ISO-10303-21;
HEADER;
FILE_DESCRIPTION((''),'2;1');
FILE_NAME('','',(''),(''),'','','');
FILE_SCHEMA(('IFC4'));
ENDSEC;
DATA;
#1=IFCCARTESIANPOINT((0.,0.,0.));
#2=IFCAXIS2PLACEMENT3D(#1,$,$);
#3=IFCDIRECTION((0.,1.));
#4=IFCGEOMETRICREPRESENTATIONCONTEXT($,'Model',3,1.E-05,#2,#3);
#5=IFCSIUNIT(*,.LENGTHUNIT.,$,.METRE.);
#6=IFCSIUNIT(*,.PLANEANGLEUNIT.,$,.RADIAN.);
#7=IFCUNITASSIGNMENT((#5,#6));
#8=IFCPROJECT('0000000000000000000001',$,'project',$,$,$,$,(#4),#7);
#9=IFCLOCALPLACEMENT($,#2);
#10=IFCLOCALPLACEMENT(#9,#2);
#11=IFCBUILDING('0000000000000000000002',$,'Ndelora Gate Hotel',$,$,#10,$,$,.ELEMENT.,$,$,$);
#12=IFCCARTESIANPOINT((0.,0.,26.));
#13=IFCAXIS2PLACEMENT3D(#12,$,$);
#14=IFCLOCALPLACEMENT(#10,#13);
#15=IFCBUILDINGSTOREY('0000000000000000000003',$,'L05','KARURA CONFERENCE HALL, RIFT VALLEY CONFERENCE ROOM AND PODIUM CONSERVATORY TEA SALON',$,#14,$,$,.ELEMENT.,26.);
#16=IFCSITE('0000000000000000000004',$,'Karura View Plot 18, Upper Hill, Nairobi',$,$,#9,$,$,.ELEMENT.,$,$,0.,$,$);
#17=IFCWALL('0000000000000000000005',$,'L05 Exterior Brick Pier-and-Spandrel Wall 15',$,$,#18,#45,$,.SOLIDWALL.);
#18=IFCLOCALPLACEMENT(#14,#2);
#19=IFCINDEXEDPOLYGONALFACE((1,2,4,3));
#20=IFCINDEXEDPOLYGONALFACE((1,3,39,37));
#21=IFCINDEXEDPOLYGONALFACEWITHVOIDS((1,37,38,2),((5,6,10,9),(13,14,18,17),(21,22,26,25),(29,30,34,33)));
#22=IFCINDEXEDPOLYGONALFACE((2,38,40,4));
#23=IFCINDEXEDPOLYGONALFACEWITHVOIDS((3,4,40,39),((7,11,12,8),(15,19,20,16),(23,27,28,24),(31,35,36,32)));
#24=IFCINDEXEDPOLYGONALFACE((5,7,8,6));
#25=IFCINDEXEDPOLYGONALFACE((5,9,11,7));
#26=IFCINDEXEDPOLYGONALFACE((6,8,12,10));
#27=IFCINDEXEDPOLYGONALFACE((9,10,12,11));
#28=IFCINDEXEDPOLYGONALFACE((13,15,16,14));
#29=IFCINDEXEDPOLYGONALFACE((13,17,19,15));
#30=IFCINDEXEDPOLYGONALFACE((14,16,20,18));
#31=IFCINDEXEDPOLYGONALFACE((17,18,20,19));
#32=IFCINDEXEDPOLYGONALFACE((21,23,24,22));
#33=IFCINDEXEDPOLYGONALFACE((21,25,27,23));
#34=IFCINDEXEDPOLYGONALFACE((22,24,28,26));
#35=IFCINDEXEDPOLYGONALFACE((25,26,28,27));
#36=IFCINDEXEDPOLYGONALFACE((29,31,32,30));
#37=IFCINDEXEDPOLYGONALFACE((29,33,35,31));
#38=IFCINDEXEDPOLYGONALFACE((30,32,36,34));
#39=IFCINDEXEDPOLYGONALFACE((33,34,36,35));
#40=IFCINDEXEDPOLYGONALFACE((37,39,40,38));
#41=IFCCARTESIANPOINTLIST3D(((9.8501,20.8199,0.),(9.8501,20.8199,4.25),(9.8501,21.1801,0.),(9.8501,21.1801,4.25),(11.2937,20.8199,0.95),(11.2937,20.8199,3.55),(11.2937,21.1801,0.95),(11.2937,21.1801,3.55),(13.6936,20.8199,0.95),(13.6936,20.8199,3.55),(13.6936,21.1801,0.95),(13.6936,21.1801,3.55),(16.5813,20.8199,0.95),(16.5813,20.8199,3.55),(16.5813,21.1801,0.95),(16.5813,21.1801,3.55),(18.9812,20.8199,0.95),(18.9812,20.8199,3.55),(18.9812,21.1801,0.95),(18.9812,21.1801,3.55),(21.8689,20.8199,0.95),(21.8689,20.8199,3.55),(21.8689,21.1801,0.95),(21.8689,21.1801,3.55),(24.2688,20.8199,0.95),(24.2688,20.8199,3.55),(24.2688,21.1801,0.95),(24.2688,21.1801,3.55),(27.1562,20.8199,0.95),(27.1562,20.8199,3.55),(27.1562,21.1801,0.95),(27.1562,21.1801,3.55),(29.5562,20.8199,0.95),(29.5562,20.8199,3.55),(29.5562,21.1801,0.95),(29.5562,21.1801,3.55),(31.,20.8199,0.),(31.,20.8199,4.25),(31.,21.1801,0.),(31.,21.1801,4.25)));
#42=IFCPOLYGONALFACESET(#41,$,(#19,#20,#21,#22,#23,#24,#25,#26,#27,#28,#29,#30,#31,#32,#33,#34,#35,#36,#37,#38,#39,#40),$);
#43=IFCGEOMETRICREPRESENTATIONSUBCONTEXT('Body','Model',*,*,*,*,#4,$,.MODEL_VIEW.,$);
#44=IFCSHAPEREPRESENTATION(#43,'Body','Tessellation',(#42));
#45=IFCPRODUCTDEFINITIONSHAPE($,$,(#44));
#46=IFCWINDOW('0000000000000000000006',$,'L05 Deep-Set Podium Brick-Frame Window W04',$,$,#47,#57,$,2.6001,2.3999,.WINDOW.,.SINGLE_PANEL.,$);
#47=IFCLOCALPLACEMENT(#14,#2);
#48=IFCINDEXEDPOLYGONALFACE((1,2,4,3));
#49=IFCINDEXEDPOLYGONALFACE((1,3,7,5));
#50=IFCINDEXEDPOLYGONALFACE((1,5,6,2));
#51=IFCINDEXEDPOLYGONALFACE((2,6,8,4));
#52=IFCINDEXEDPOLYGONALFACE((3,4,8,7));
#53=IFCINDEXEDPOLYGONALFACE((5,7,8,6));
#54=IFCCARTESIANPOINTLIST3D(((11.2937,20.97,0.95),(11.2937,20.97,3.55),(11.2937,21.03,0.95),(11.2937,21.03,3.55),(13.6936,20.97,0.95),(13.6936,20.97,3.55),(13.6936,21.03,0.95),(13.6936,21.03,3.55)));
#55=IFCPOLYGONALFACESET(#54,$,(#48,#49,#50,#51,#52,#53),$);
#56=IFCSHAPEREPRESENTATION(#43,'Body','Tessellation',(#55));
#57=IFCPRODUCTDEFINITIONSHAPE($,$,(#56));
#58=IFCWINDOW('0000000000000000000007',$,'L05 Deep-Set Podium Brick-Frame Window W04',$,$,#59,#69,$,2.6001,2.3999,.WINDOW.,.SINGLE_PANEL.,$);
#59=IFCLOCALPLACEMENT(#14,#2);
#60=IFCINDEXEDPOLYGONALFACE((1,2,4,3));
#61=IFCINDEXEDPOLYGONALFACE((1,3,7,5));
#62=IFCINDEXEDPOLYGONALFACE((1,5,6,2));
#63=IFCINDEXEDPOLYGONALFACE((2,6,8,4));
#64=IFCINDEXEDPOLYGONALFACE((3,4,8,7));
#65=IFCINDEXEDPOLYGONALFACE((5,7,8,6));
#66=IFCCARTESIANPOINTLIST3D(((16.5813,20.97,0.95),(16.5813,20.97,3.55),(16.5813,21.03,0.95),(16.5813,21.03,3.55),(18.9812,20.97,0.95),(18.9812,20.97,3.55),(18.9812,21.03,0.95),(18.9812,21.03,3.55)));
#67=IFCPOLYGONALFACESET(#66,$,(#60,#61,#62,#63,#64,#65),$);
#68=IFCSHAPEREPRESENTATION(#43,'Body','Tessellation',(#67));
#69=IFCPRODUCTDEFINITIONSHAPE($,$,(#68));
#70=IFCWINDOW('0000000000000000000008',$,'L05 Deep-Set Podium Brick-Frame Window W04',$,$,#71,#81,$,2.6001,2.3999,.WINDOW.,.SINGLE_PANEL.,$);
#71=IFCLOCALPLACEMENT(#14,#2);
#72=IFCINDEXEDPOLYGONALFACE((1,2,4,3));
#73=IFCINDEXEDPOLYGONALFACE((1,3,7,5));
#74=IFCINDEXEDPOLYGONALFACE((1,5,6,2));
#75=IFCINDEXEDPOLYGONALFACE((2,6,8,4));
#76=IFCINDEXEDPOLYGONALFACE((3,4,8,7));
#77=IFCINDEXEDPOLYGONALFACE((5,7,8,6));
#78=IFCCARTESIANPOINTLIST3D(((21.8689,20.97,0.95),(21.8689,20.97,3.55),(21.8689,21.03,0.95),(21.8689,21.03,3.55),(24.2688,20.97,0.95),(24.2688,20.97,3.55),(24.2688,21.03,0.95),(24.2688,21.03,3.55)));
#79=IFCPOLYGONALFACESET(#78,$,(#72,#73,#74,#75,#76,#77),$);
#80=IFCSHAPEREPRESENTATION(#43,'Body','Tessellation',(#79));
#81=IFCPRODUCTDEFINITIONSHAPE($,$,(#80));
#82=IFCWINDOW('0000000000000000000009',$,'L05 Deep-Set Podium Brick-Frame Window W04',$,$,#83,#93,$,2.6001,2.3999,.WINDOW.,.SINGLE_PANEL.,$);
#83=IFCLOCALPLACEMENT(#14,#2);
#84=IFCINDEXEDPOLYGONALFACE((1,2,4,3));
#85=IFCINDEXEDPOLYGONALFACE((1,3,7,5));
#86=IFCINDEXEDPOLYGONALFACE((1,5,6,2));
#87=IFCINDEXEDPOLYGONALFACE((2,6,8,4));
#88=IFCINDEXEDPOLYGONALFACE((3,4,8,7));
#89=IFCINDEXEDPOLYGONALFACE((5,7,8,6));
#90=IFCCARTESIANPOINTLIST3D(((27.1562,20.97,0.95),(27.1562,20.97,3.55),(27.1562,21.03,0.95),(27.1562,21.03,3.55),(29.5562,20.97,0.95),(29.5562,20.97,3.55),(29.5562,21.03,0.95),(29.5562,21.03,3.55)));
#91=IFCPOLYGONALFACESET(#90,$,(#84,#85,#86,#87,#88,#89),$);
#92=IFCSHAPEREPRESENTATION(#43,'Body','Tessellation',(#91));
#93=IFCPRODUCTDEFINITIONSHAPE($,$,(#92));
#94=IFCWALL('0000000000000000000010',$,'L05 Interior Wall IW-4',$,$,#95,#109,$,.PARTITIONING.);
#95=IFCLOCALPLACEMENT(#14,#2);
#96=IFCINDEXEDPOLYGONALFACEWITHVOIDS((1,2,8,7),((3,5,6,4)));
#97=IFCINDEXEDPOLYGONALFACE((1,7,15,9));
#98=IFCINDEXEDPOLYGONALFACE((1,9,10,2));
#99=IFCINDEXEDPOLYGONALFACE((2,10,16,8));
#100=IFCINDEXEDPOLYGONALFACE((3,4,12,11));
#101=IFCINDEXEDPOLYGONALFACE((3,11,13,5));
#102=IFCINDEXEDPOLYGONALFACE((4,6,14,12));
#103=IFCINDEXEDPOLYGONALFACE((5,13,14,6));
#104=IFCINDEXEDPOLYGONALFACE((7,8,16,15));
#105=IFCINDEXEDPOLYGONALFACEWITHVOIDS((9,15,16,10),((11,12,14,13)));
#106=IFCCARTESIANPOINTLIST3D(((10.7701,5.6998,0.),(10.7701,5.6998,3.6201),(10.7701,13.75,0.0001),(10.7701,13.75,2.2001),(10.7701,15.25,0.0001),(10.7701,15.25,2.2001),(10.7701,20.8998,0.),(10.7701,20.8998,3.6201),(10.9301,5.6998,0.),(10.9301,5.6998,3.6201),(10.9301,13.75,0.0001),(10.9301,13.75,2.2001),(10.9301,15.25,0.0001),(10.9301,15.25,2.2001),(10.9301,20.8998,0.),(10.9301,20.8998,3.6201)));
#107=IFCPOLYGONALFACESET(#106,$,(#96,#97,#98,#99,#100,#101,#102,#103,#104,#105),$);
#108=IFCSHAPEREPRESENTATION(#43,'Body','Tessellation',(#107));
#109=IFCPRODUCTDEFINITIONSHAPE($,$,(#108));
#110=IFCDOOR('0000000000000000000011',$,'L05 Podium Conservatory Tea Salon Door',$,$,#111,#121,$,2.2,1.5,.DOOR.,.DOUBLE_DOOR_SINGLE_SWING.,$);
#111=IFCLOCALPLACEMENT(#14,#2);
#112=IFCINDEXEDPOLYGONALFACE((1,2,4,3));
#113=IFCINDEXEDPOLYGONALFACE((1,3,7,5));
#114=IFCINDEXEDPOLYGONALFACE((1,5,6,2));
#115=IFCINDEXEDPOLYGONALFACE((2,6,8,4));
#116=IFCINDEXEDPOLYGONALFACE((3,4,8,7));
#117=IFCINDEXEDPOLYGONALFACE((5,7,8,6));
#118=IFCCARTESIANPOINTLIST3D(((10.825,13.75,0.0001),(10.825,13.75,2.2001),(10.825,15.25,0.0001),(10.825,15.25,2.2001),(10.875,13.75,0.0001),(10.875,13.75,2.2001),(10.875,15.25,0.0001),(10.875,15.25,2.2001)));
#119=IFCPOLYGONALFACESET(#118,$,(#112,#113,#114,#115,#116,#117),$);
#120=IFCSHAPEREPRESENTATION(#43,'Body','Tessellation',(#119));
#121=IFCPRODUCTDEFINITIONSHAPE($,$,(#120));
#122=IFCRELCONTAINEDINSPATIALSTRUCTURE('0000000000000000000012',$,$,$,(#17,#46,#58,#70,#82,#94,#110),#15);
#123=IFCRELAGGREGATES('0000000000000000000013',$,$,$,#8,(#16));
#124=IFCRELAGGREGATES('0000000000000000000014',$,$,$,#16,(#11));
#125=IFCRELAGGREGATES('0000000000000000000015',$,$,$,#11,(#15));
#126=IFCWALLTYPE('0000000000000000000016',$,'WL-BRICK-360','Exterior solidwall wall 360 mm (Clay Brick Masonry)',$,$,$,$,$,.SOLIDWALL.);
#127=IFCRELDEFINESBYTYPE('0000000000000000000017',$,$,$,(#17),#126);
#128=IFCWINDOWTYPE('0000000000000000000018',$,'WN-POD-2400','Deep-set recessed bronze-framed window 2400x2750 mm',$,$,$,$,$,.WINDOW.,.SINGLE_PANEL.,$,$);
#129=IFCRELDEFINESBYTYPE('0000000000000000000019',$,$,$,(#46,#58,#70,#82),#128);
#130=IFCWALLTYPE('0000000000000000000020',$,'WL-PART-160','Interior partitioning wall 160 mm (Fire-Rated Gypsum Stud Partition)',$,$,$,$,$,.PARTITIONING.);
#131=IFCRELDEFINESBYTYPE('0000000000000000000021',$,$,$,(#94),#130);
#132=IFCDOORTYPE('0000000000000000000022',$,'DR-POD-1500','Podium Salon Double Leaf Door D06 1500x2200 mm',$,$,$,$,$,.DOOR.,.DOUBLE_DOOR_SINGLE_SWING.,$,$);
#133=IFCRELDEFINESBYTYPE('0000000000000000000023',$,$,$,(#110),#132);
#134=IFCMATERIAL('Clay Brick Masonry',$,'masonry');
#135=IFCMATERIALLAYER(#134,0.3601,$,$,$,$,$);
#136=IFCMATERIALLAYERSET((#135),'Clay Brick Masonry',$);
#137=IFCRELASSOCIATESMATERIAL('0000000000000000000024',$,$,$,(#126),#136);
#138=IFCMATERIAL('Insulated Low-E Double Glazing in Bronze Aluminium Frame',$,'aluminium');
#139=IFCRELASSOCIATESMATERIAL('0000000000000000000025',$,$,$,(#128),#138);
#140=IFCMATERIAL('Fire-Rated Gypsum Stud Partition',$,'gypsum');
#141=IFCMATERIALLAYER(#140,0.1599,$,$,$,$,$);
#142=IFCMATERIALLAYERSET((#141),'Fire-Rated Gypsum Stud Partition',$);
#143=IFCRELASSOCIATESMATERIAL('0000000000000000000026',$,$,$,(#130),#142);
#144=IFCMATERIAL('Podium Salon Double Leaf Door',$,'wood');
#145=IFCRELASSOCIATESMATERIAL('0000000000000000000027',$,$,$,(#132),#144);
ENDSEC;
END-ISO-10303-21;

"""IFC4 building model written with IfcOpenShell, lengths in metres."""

from ifc_helpers import new_model, si_unit, direction, frame, frame_2d, origin, place, context, subcontext, project, spatial, rectangle, extrude, material, layer, layer_set, type_object, element, fill, save


model = new_model("IFC4")

# Units and contexts
model_context = context("Model", 3, precision=1e-05, world=origin(), true_north=direction((0.0, 1.0)))
body_context = subcontext(model_context, "Body", "Model", "MODEL_VIEW")
ifc_project = project(units=[si_unit("LENGTHUNIT", "METRE"), si_unit("PLANEANGLEUNIT", "RADIAN")], contexts=[model_context])

# Site, building, storey
site_placement = place(None, origin())
site = spatial("IfcSite", under=ifc_project, at=site_placement, Name="Karura View Plot 18, Upper Hill, Nairobi", CompositionType="ELEMENT", RefElevation=0.0)
building_placement = place(site_placement, origin())
building = spatial("IfcBuilding", under=site, at=building_placement, Name="Ndelora Gate Hotel", CompositionType="ELEMENT")
storey_placement = place(building_placement, frame((0.0, 0.0, 26.0)))
storey = spatial("IfcBuildingStorey", under=building, at=storey_placement, Name="L05", Description="KARURA CONFERENCE HALL, RIFT VALLEY CONFERENCE ROOM AND PODIUM CONSERVATORY TEA SALON", CompositionType="ELEMENT", Elevation=26.0)

# Wall, openings, windows
ifc_material_1 = material(Name="Clay Brick Masonry", Category="masonry")
ifc_layer_1 = layer(ifc_material_1, 0.3601)
ifc_layer_set_1 = layer_set([ifc_layer_1], Name="Clay Brick Masonry")
wall_type_1 = type_object("IfcWallType", Name="WL-BRICK-360", Description="Exterior solidwall wall 360 mm (Clay Brick Masonry)", PredefinedType="SOLIDWALL", material=ifc_layer_set_1)
wall_1_placement = place(storey_placement, frame((9.8501, 21.0, 0.0), z_axis=(0.0, 0.0, 1.0), x_axis=(1.0, 0.0, 0.0)))
wall_1 = element("IfcWall", 1, at=wall_1_placement, inside=storey, type_object=wall_type_1, Name="L05 Exterior Brick Pier-and-Spandrel Wall 15", PredefinedType="SOLIDWALL", context=body_context, shape_type="SweptSolid", body=[
    extrude(rectangle(XDim=21.1499, YDim=0.3601, at=frame_2d((10.575, 0.0))), origin(), (0.0, 0.0, 1.0), 4.25),
])
opening_1_placement = place(wall_1_placement, frame((1.4436, 0.0, 0.95)))
opening_1 = element("IfcOpeningElement", 2, at=opening_1_placement, cuts=wall_1, PredefinedType="OPENING", context=body_context, shape_type="SweptSolid", body=[
    extrude(rectangle(XDim=2.3999, YDim=2.6001, at=frame_2d((1.2, 1.3))), frame((0.0, 0.1899, 0.0), z_axis=(0.0, -1.0, 0.0), x_axis=(1.0, 0.0, 0.0)), (0.0, 0.0, 1.0), 0.3801),
])
opening_2_placement = place(wall_1_placement, frame((6.7312, 0.0, 0.95)))
opening_2 = element("IfcOpeningElement", 3, at=opening_2_placement, cuts=wall_1, PredefinedType="OPENING", context=body_context, shape_type="SweptSolid", body=[
    extrude(rectangle(XDim=2.3999, YDim=2.6001, at=frame_2d((1.2, 1.3))), frame((0.0, 0.1899, 0.0), z_axis=(0.0, -1.0, 0.0), x_axis=(1.0, 0.0, 0.0)), (0.0, 0.0, 1.0), 0.3801),
])
opening_3_placement = place(wall_1_placement, frame((12.0188, 0.0, 0.95)))
opening_3 = element("IfcOpeningElement", 4, at=opening_3_placement, cuts=wall_1, PredefinedType="OPENING", context=body_context, shape_type="SweptSolid", body=[
    extrude(rectangle(XDim=2.3999, YDim=2.6001, at=frame_2d((1.2, 1.3))), frame((0.0, 0.1899, 0.0), z_axis=(0.0, -1.0, 0.0), x_axis=(1.0, 0.0, 0.0)), (0.0, 0.0, 1.0), 0.3801),
])
opening_4_placement = place(wall_1_placement, frame((17.3062, 0.0, 0.95)))
opening_4 = element("IfcOpeningElement", 5, at=opening_4_placement, cuts=wall_1, PredefinedType="OPENING", context=body_context, shape_type="SweptSolid", body=[
    extrude(rectangle(XDim=2.3999, YDim=2.6001, at=frame_2d((1.2, 1.3))), frame((0.0, 0.1899, 0.0), z_axis=(0.0, -1.0, 0.0), x_axis=(1.0, 0.0, 0.0)), (0.0, 0.0, 1.0), 0.3801),
])
ifc_material_2 = material(Name="Insulated Low-E Double Glazing in Bronze Aluminium Frame", Category="aluminium")
window_type = type_object("IfcWindowType", Name="WN-POD-2400", Description="Deep-set recessed bronze-framed window 2400x2750 mm", PartitioningType="SINGLE_PANEL", PredefinedType="WINDOW", material=ifc_material_2)
window_1_placement = place(opening_1_placement, origin())
window_1 = element("IfcWindow", 6, at=window_1_placement, inside=storey, type_object=window_type, Name="L05 Deep-Set Podium Brick-Frame Window W04", OverallHeight=2.6001, OverallWidth=2.3999, PartitioningType="SINGLE_PANEL", PredefinedType="WINDOW", context=body_context, shape_type="SweptSolid", body=[
    extrude(rectangle(XDim=2.3999, YDim=2.6001, at=frame_2d((1.2, 1.3))), frame((0.0, 0.03, 0.0), z_axis=(0.0, -1.0, 0.0), x_axis=(1.0, 0.0, 0.0)), (0.0, 0.0, 1.0), 0.0601),
])
fill(opening_1, window_1)
window_2_placement = place(opening_2_placement, origin())
window_2 = element("IfcWindow", 7, at=window_2_placement, inside=storey, type_object=window_type, Name="L05 Deep-Set Podium Brick-Frame Window W04", OverallHeight=2.6001, OverallWidth=2.3999, PartitioningType="SINGLE_PANEL", PredefinedType="WINDOW", context=body_context, shape_type="SweptSolid", body=[
    extrude(rectangle(XDim=2.3999, YDim=2.6001, at=frame_2d((1.2, 1.3))), frame((0.0, 0.03, 0.0), z_axis=(0.0, -1.0, 0.0), x_axis=(1.0, 0.0, 0.0)), (0.0, 0.0, 1.0), 0.0601),
])
fill(opening_2, window_2)
window_3_placement = place(opening_3_placement, origin())
window_3 = element("IfcWindow", 8, at=window_3_placement, inside=storey, type_object=window_type, Name="L05 Deep-Set Podium Brick-Frame Window W04", OverallHeight=2.6001, OverallWidth=2.3999, PartitioningType="SINGLE_PANEL", PredefinedType="WINDOW", context=body_context, shape_type="SweptSolid", body=[
    extrude(rectangle(XDim=2.3999, YDim=2.6001, at=frame_2d((1.2, 1.3))), frame((0.0, 0.03, 0.0), z_axis=(0.0, -1.0, 0.0), x_axis=(1.0, 0.0, 0.0)), (0.0, 0.0, 1.0), 0.0601),
])
fill(opening_3, window_3)
window_4_placement = place(opening_4_placement, origin())
window_4 = element("IfcWindow", 9, at=window_4_placement, inside=storey, type_object=window_type, Name="L05 Deep-Set Podium Brick-Frame Window W04", OverallHeight=2.6001, OverallWidth=2.3999, PartitioningType="SINGLE_PANEL", PredefinedType="WINDOW", context=body_context, shape_type="SweptSolid", body=[
    extrude(rectangle(XDim=2.3999, YDim=2.6001, at=frame_2d((1.2, 1.3))), frame((0.0, 0.03, 0.0), z_axis=(0.0, -1.0, 0.0), x_axis=(1.0, 0.0, 0.0)), (0.0, 0.0, 1.0), 0.0601),
])
fill(opening_4, window_4)

# Wall, opening, door
ifc_material_3 = material(Name="Fire-Rated Gypsum Stud Partition", Category="gypsum")
ifc_layer_2 = layer(ifc_material_3, 0.1599)
ifc_layer_set_2 = layer_set([ifc_layer_2], Name="Fire-Rated Gypsum Stud Partition")
wall_type_2 = type_object("IfcWallType", Name="WL-PART-160", Description="Interior partitioning wall 160 mm (Fire-Rated Gypsum Stud Partition)", PredefinedType="PARTITIONING", material=ifc_layer_set_2)
wall_2_placement = place(storey_placement, frame((10.8501, 20.8999, 0.0), z_axis=(0.0, 0.0, 1.0), x_axis=(0.0, -1.0, 0.0)))
wall_2 = element("IfcWall", 10, at=wall_2_placement, inside=storey, type_object=wall_type_2, Name="L05 Interior Wall IW-4", PredefinedType="PARTITIONING", context=body_context, shape_type="SweptSolid", body=[
    extrude(rectangle(XDim=15.2, YDim=0.1599, at=frame_2d((7.6001, 0.0))), origin(), (0.0, 0.0, 1.0), 3.6201),
])
opening_5_placement = place(wall_2_placement, frame((5.6499, 0.0, 0.0)))
opening_5 = element("IfcOpeningElement", 11, at=opening_5_placement, cuts=wall_2, PredefinedType="OPENING", context=body_context, shape_type="SweptSolid", body=[
    extrude(rectangle(XDim=1.5, YDim=2.2, at=frame_2d((0.75, 1.1001))), frame((0.0, 0.0898, 0.0), z_axis=(0.0, -1.0, 0.0), x_axis=(1.0, 0.0, 0.0)), (0.0, 0.0, 1.0), 0.1799),
])
ifc_material_4 = material(Name="Podium Salon Double Leaf Door", Category="wood")
door_type = type_object("IfcDoorType", Name="DR-POD-1500", Description="Podium Salon Double Leaf Door D06 1500x2200 mm", OperationType="DOUBLE_DOOR_SINGLE_SWING", PredefinedType="DOOR", material=ifc_material_4)
door_placement = place(opening_5_placement, origin())
door = element("IfcDoor", 12, at=door_placement, inside=storey, type_object=door_type, Name="L05 Podium Conservatory Tea Salon Door", OperationType="DOUBLE_DOOR_SINGLE_SWING", OverallHeight=2.2, OverallWidth=1.5, PredefinedType="DOOR", context=body_context, shape_type="SweptSolid", body=[
    extrude(rectangle(XDim=1.5, YDim=2.2, at=frame_2d((0.75, 1.1001))), frame((0.0, 0.0249, 0.0), z_axis=(0.0, -1.0, 0.0), x_axis=(1.0, 0.0, 0.0)), (0.0, 0.0, 1.0), 0.05),
])
fill(opening_5, door)

save(model, "model.ifc")
